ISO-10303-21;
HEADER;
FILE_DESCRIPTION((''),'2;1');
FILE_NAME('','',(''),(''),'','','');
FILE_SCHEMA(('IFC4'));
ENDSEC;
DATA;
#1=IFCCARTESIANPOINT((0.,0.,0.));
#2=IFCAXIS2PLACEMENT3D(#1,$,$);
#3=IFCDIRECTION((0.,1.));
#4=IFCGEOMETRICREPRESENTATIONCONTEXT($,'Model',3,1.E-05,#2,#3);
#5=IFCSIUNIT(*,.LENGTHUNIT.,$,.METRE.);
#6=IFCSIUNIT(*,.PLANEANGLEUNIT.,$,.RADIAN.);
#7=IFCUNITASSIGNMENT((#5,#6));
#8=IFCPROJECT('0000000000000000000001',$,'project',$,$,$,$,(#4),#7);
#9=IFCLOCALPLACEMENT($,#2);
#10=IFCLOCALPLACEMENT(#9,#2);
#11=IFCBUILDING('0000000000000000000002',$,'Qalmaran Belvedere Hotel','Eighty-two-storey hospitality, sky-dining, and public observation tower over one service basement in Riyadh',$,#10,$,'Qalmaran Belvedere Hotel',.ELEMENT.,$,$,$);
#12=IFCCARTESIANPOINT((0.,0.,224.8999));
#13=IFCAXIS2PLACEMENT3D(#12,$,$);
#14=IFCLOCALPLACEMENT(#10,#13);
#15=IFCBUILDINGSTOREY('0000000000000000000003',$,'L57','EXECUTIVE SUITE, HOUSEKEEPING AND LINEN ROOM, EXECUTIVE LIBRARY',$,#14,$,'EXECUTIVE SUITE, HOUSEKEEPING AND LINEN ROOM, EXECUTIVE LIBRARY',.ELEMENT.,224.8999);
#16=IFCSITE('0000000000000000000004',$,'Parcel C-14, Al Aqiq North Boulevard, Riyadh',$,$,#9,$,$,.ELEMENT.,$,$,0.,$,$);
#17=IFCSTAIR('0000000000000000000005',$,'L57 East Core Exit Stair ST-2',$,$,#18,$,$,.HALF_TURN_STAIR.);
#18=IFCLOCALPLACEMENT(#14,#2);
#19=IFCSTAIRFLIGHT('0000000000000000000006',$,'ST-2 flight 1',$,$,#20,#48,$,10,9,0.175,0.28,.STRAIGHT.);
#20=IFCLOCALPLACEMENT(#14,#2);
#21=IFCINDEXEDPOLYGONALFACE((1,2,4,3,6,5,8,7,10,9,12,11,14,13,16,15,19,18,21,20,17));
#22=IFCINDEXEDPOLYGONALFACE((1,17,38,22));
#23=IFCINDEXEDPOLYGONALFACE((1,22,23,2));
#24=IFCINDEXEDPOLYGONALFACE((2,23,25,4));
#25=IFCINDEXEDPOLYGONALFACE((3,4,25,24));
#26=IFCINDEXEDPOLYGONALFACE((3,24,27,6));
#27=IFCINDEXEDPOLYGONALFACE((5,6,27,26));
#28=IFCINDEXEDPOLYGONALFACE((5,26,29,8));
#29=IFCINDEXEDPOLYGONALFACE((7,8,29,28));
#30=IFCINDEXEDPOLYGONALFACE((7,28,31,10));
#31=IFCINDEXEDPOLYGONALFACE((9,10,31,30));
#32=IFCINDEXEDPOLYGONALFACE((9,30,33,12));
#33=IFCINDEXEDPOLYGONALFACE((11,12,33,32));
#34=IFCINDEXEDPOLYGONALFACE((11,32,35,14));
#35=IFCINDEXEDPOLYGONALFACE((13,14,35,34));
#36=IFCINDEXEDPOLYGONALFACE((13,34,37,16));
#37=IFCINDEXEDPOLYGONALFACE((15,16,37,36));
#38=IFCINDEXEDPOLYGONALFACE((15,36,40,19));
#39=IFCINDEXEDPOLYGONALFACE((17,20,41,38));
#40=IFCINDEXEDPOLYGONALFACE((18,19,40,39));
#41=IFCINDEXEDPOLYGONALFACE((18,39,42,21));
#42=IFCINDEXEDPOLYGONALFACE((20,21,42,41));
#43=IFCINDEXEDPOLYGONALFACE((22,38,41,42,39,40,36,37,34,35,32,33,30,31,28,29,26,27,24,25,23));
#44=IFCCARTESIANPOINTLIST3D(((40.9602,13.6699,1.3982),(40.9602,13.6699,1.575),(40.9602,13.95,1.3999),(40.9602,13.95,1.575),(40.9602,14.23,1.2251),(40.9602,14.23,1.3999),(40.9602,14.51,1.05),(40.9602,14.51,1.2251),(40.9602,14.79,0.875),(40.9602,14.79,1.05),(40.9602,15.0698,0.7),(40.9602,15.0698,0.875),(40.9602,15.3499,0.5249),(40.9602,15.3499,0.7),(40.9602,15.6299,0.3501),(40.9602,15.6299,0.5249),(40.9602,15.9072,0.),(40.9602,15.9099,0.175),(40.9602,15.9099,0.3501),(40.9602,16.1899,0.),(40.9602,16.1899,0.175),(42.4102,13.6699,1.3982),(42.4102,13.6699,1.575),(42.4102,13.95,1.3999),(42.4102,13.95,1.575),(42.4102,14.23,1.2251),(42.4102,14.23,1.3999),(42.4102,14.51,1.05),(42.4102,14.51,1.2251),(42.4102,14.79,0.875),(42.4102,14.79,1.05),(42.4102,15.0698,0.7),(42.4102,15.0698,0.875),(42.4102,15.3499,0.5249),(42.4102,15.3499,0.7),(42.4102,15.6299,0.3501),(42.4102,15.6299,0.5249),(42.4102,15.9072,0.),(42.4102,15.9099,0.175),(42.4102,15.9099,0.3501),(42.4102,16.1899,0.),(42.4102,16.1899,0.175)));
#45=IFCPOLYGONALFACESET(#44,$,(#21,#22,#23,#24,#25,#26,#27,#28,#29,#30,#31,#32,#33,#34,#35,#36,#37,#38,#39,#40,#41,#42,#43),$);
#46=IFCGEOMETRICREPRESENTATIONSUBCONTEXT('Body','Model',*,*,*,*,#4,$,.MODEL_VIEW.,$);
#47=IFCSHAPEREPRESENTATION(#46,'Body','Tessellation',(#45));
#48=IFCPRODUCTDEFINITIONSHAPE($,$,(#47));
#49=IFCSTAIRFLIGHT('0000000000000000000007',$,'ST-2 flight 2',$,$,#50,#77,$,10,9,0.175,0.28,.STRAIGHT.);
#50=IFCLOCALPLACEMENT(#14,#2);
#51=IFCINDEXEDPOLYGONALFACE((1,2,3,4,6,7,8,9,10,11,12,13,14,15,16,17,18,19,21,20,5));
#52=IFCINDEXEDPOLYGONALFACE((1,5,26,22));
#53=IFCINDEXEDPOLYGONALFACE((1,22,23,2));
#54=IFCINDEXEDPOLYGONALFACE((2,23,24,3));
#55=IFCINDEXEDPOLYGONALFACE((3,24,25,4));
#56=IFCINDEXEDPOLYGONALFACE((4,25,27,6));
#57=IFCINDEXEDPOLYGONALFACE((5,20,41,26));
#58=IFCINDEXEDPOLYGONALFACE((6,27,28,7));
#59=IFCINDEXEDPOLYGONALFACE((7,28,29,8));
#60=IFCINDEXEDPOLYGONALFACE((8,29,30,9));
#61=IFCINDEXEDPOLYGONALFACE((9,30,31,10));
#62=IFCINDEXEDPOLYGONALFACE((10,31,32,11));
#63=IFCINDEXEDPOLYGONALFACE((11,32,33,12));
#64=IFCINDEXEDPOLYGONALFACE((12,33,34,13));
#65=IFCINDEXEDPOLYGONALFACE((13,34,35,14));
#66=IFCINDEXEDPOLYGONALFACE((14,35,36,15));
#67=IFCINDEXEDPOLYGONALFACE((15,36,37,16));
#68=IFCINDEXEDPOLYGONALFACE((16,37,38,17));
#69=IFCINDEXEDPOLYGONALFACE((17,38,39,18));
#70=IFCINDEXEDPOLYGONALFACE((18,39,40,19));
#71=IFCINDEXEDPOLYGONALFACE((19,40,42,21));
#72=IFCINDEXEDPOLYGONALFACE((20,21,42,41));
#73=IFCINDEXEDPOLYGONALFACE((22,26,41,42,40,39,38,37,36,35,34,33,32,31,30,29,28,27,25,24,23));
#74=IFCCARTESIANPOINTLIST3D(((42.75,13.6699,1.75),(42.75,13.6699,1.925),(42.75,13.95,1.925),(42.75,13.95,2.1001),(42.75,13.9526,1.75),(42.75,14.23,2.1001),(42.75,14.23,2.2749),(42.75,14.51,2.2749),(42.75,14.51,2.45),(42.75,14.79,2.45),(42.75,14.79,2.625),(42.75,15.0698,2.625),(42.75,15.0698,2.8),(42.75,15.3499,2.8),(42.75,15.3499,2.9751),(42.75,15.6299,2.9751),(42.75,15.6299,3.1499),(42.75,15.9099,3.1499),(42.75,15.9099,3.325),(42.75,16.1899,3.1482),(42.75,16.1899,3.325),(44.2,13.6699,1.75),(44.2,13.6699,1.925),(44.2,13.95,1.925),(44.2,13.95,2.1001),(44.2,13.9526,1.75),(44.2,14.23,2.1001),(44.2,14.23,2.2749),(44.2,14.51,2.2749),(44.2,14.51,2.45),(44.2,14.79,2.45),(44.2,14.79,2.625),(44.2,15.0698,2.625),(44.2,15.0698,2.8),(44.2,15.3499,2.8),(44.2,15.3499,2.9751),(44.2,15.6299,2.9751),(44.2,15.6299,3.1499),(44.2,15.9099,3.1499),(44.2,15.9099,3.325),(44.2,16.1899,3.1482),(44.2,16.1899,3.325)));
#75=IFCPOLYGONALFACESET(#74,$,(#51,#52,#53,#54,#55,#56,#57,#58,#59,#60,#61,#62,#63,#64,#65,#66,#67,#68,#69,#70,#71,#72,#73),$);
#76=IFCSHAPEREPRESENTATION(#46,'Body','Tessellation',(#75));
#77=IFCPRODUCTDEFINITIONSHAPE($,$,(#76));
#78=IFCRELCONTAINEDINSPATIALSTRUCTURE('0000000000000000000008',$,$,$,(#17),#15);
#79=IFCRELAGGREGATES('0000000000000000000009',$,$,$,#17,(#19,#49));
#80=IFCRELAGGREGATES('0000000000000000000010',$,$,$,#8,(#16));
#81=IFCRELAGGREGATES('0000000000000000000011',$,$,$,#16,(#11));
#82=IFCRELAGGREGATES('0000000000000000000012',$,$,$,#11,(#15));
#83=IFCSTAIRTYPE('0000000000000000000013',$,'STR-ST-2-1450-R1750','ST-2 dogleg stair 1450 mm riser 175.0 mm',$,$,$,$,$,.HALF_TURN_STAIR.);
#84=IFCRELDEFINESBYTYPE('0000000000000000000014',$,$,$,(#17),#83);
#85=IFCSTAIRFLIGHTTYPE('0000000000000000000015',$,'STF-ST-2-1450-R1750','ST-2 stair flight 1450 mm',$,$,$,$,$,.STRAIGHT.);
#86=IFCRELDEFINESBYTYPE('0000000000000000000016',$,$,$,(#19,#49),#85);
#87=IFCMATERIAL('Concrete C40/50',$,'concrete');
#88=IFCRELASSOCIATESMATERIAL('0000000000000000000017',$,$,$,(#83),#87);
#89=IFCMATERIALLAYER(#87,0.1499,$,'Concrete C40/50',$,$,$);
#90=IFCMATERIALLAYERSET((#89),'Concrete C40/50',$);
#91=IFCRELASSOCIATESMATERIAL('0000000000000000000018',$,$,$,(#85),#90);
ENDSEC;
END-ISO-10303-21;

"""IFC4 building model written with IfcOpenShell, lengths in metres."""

from ifc_helpers import new_model, si_unit, direction, frame, origin, place, context, subcontext, project, spatial, polyline, outline, extrude, material, layer, layer_set, type_object, element, aggregate, save


model = new_model("IFC4")

# Units and contexts
model_context = context("Model", 3, precision=1e-05, world=origin(), true_north=direction((0.0, 1.0)))
body_context = subcontext(model_context, "Body", "Model", "MODEL_VIEW")
ifc_project = project(units=[si_unit("LENGTHUNIT", "METRE"), si_unit("PLANEANGLEUNIT", "RADIAN")], contexts=[model_context])

# Site, building, storey
site_placement = place(None, origin())
site = spatial("IfcSite", under=ifc_project, at=site_placement, Name="Parcel C-14, Al Aqiq North Boulevard, Riyadh", CompositionType="ELEMENT", RefElevation=0.0)
building_placement = place(site_placement, origin())
building = spatial("IfcBuilding", under=site, at=building_placement, Name="Qalmaran Belvedere Hotel", Description="Eighty-two-storey hospitality, sky-dining, and public observation tower over one service basement in Riyadh", LongName="Qalmaran Belvedere Hotel", CompositionType="ELEMENT")
storey_placement = place(building_placement, frame((0.0, 0.0, 224.8999)))
storey = spatial("IfcBuildingStorey", under=building, at=storey_placement, Name="L57", Description="EXECUTIVE SUITE, HOUSEKEEPING AND LINEN ROOM, EXECUTIVE LIBRARY", LongName="EXECUTIVE SUITE, HOUSEKEEPING AND LINEN ROOM, EXECUTIVE LIBRARY", CompositionType="ELEMENT", Elevation=224.8999)

# Stair, stair flights
ifc_material_1 = material(Name="Concrete C40/50", Category="concrete")
stair_type = type_object("IfcStairType", Name="STR-ST-2-1450-R1750", Description="ST-2 dogleg stair 1450 mm riser 175.0 mm", PredefinedType="HALF_TURN_STAIR", material=ifc_material_1)
stair_placement = place(storey_placement, origin())
stair = element("IfcStair", 1, at=stair_placement, inside=storey, type_object=stair_type, Name="L57 East Core Exit Stair ST-2", PredefinedType="HALF_TURN_STAIR")
ifc_layer_1 = layer(ifc_material_1, 0.1499, Name="Concrete C40/50")
ifc_layer_set_1 = layer_set([ifc_layer_1], Name="Concrete C40/50")
stair_flight_type = type_object("IfcStairFlightType", Name="STF-ST-2-1450-R1750", Description="ST-2 stair flight 1450 mm", PredefinedType="STRAIGHT", material=ifc_layer_set_1)
stair_flight_1_placement = place(storey_placement, frame((41.6851, 16.1899, 0.0), z_axis=(0.0, 0.0, 1.0), x_axis=(0.0, -1.0, 0.0)))
stair_flight_1 = element("IfcStairFlight", 2, at=stair_flight_1_placement, type_object=stair_flight_type, Name="ST-2 flight 1", NumberOfRisers=10, NumberOfTreads=9, PredefinedType="STRAIGHT", RiserHeight=0.175, TreadLength=0.28, context=body_context, shape_type="SweptSolid", body=[
    extrude(outline(polyline([(0.0, 0.0), (0.0, 0.175), (0.28, 0.175), (0.28, 0.3501), (0.5601, 0.3501), (0.5601, 0.5249), (0.8401, 0.5249), (0.8401, 0.7), (1.1201, 0.7), (1.1201, 0.875), (1.3999, 0.875), (1.3999, 1.05), (1.6799, 1.05), (1.6799, 1.2251), (1.96, 1.2251), (1.96, 1.3999), (2.24, 1.3999), (2.24, 1.575), (2.52, 1.575), (2.52, 1.75), (2.52, 1.3982), (0.2827, 0.0), (0.0, 0.0)])), frame((0.0, 0.7251, 0.0), z_axis=(0.0, -1.0, 0.0), x_axis=(1.0, 0.0, 0.0)), (0.0, 0.0, 1.0), 1.45),
])
stair_flight_2_placement = place(storey_placement, frame((43.4751, 13.6699, 1.75), z_axis=(0.0, 0.0, 1.0), x_axis=(0.0, 1.0, 0.0)))
stair_flight_2 = element("IfcStairFlight", 3, at=stair_flight_2_placement, type_object=stair_flight_type, Name="ST-2 flight 2", NumberOfRisers=10, NumberOfTreads=9, PredefinedType="STRAIGHT", RiserHeight=0.175, TreadLength=0.28, context=body_context, shape_type="SweptSolid", body=[
    extrude(outline(polyline([(0.0, 0.0), (0.0, 0.175), (0.28, 0.175), (0.28, 0.3501), (0.5601, 0.3501), (0.5601, 0.5249), (0.8401, 0.5249), (0.8401, 0.7), (1.1201, 0.7), (1.1201, 0.875), (1.3999, 0.875), (1.3999, 1.05), (1.6799, 1.05), (1.6799, 1.2251), (1.96, 1.2251), (1.96, 1.3999), (2.24, 1.3999), (2.24, 1.575), (2.52, 1.575), (2.52, 1.75), (2.52, 1.3982), (0.2827, 0.0), (0.0, 0.0)])), frame((0.0, 0.7251, 0.0), z_axis=(0.0, -1.0, 0.0), x_axis=(1.0, 0.0, 0.0)), (0.0, 0.0, 1.0), 1.45),
])
aggregate(stair, [stair_flight_1, stair_flight_2])

save(model, "model.ifc")
